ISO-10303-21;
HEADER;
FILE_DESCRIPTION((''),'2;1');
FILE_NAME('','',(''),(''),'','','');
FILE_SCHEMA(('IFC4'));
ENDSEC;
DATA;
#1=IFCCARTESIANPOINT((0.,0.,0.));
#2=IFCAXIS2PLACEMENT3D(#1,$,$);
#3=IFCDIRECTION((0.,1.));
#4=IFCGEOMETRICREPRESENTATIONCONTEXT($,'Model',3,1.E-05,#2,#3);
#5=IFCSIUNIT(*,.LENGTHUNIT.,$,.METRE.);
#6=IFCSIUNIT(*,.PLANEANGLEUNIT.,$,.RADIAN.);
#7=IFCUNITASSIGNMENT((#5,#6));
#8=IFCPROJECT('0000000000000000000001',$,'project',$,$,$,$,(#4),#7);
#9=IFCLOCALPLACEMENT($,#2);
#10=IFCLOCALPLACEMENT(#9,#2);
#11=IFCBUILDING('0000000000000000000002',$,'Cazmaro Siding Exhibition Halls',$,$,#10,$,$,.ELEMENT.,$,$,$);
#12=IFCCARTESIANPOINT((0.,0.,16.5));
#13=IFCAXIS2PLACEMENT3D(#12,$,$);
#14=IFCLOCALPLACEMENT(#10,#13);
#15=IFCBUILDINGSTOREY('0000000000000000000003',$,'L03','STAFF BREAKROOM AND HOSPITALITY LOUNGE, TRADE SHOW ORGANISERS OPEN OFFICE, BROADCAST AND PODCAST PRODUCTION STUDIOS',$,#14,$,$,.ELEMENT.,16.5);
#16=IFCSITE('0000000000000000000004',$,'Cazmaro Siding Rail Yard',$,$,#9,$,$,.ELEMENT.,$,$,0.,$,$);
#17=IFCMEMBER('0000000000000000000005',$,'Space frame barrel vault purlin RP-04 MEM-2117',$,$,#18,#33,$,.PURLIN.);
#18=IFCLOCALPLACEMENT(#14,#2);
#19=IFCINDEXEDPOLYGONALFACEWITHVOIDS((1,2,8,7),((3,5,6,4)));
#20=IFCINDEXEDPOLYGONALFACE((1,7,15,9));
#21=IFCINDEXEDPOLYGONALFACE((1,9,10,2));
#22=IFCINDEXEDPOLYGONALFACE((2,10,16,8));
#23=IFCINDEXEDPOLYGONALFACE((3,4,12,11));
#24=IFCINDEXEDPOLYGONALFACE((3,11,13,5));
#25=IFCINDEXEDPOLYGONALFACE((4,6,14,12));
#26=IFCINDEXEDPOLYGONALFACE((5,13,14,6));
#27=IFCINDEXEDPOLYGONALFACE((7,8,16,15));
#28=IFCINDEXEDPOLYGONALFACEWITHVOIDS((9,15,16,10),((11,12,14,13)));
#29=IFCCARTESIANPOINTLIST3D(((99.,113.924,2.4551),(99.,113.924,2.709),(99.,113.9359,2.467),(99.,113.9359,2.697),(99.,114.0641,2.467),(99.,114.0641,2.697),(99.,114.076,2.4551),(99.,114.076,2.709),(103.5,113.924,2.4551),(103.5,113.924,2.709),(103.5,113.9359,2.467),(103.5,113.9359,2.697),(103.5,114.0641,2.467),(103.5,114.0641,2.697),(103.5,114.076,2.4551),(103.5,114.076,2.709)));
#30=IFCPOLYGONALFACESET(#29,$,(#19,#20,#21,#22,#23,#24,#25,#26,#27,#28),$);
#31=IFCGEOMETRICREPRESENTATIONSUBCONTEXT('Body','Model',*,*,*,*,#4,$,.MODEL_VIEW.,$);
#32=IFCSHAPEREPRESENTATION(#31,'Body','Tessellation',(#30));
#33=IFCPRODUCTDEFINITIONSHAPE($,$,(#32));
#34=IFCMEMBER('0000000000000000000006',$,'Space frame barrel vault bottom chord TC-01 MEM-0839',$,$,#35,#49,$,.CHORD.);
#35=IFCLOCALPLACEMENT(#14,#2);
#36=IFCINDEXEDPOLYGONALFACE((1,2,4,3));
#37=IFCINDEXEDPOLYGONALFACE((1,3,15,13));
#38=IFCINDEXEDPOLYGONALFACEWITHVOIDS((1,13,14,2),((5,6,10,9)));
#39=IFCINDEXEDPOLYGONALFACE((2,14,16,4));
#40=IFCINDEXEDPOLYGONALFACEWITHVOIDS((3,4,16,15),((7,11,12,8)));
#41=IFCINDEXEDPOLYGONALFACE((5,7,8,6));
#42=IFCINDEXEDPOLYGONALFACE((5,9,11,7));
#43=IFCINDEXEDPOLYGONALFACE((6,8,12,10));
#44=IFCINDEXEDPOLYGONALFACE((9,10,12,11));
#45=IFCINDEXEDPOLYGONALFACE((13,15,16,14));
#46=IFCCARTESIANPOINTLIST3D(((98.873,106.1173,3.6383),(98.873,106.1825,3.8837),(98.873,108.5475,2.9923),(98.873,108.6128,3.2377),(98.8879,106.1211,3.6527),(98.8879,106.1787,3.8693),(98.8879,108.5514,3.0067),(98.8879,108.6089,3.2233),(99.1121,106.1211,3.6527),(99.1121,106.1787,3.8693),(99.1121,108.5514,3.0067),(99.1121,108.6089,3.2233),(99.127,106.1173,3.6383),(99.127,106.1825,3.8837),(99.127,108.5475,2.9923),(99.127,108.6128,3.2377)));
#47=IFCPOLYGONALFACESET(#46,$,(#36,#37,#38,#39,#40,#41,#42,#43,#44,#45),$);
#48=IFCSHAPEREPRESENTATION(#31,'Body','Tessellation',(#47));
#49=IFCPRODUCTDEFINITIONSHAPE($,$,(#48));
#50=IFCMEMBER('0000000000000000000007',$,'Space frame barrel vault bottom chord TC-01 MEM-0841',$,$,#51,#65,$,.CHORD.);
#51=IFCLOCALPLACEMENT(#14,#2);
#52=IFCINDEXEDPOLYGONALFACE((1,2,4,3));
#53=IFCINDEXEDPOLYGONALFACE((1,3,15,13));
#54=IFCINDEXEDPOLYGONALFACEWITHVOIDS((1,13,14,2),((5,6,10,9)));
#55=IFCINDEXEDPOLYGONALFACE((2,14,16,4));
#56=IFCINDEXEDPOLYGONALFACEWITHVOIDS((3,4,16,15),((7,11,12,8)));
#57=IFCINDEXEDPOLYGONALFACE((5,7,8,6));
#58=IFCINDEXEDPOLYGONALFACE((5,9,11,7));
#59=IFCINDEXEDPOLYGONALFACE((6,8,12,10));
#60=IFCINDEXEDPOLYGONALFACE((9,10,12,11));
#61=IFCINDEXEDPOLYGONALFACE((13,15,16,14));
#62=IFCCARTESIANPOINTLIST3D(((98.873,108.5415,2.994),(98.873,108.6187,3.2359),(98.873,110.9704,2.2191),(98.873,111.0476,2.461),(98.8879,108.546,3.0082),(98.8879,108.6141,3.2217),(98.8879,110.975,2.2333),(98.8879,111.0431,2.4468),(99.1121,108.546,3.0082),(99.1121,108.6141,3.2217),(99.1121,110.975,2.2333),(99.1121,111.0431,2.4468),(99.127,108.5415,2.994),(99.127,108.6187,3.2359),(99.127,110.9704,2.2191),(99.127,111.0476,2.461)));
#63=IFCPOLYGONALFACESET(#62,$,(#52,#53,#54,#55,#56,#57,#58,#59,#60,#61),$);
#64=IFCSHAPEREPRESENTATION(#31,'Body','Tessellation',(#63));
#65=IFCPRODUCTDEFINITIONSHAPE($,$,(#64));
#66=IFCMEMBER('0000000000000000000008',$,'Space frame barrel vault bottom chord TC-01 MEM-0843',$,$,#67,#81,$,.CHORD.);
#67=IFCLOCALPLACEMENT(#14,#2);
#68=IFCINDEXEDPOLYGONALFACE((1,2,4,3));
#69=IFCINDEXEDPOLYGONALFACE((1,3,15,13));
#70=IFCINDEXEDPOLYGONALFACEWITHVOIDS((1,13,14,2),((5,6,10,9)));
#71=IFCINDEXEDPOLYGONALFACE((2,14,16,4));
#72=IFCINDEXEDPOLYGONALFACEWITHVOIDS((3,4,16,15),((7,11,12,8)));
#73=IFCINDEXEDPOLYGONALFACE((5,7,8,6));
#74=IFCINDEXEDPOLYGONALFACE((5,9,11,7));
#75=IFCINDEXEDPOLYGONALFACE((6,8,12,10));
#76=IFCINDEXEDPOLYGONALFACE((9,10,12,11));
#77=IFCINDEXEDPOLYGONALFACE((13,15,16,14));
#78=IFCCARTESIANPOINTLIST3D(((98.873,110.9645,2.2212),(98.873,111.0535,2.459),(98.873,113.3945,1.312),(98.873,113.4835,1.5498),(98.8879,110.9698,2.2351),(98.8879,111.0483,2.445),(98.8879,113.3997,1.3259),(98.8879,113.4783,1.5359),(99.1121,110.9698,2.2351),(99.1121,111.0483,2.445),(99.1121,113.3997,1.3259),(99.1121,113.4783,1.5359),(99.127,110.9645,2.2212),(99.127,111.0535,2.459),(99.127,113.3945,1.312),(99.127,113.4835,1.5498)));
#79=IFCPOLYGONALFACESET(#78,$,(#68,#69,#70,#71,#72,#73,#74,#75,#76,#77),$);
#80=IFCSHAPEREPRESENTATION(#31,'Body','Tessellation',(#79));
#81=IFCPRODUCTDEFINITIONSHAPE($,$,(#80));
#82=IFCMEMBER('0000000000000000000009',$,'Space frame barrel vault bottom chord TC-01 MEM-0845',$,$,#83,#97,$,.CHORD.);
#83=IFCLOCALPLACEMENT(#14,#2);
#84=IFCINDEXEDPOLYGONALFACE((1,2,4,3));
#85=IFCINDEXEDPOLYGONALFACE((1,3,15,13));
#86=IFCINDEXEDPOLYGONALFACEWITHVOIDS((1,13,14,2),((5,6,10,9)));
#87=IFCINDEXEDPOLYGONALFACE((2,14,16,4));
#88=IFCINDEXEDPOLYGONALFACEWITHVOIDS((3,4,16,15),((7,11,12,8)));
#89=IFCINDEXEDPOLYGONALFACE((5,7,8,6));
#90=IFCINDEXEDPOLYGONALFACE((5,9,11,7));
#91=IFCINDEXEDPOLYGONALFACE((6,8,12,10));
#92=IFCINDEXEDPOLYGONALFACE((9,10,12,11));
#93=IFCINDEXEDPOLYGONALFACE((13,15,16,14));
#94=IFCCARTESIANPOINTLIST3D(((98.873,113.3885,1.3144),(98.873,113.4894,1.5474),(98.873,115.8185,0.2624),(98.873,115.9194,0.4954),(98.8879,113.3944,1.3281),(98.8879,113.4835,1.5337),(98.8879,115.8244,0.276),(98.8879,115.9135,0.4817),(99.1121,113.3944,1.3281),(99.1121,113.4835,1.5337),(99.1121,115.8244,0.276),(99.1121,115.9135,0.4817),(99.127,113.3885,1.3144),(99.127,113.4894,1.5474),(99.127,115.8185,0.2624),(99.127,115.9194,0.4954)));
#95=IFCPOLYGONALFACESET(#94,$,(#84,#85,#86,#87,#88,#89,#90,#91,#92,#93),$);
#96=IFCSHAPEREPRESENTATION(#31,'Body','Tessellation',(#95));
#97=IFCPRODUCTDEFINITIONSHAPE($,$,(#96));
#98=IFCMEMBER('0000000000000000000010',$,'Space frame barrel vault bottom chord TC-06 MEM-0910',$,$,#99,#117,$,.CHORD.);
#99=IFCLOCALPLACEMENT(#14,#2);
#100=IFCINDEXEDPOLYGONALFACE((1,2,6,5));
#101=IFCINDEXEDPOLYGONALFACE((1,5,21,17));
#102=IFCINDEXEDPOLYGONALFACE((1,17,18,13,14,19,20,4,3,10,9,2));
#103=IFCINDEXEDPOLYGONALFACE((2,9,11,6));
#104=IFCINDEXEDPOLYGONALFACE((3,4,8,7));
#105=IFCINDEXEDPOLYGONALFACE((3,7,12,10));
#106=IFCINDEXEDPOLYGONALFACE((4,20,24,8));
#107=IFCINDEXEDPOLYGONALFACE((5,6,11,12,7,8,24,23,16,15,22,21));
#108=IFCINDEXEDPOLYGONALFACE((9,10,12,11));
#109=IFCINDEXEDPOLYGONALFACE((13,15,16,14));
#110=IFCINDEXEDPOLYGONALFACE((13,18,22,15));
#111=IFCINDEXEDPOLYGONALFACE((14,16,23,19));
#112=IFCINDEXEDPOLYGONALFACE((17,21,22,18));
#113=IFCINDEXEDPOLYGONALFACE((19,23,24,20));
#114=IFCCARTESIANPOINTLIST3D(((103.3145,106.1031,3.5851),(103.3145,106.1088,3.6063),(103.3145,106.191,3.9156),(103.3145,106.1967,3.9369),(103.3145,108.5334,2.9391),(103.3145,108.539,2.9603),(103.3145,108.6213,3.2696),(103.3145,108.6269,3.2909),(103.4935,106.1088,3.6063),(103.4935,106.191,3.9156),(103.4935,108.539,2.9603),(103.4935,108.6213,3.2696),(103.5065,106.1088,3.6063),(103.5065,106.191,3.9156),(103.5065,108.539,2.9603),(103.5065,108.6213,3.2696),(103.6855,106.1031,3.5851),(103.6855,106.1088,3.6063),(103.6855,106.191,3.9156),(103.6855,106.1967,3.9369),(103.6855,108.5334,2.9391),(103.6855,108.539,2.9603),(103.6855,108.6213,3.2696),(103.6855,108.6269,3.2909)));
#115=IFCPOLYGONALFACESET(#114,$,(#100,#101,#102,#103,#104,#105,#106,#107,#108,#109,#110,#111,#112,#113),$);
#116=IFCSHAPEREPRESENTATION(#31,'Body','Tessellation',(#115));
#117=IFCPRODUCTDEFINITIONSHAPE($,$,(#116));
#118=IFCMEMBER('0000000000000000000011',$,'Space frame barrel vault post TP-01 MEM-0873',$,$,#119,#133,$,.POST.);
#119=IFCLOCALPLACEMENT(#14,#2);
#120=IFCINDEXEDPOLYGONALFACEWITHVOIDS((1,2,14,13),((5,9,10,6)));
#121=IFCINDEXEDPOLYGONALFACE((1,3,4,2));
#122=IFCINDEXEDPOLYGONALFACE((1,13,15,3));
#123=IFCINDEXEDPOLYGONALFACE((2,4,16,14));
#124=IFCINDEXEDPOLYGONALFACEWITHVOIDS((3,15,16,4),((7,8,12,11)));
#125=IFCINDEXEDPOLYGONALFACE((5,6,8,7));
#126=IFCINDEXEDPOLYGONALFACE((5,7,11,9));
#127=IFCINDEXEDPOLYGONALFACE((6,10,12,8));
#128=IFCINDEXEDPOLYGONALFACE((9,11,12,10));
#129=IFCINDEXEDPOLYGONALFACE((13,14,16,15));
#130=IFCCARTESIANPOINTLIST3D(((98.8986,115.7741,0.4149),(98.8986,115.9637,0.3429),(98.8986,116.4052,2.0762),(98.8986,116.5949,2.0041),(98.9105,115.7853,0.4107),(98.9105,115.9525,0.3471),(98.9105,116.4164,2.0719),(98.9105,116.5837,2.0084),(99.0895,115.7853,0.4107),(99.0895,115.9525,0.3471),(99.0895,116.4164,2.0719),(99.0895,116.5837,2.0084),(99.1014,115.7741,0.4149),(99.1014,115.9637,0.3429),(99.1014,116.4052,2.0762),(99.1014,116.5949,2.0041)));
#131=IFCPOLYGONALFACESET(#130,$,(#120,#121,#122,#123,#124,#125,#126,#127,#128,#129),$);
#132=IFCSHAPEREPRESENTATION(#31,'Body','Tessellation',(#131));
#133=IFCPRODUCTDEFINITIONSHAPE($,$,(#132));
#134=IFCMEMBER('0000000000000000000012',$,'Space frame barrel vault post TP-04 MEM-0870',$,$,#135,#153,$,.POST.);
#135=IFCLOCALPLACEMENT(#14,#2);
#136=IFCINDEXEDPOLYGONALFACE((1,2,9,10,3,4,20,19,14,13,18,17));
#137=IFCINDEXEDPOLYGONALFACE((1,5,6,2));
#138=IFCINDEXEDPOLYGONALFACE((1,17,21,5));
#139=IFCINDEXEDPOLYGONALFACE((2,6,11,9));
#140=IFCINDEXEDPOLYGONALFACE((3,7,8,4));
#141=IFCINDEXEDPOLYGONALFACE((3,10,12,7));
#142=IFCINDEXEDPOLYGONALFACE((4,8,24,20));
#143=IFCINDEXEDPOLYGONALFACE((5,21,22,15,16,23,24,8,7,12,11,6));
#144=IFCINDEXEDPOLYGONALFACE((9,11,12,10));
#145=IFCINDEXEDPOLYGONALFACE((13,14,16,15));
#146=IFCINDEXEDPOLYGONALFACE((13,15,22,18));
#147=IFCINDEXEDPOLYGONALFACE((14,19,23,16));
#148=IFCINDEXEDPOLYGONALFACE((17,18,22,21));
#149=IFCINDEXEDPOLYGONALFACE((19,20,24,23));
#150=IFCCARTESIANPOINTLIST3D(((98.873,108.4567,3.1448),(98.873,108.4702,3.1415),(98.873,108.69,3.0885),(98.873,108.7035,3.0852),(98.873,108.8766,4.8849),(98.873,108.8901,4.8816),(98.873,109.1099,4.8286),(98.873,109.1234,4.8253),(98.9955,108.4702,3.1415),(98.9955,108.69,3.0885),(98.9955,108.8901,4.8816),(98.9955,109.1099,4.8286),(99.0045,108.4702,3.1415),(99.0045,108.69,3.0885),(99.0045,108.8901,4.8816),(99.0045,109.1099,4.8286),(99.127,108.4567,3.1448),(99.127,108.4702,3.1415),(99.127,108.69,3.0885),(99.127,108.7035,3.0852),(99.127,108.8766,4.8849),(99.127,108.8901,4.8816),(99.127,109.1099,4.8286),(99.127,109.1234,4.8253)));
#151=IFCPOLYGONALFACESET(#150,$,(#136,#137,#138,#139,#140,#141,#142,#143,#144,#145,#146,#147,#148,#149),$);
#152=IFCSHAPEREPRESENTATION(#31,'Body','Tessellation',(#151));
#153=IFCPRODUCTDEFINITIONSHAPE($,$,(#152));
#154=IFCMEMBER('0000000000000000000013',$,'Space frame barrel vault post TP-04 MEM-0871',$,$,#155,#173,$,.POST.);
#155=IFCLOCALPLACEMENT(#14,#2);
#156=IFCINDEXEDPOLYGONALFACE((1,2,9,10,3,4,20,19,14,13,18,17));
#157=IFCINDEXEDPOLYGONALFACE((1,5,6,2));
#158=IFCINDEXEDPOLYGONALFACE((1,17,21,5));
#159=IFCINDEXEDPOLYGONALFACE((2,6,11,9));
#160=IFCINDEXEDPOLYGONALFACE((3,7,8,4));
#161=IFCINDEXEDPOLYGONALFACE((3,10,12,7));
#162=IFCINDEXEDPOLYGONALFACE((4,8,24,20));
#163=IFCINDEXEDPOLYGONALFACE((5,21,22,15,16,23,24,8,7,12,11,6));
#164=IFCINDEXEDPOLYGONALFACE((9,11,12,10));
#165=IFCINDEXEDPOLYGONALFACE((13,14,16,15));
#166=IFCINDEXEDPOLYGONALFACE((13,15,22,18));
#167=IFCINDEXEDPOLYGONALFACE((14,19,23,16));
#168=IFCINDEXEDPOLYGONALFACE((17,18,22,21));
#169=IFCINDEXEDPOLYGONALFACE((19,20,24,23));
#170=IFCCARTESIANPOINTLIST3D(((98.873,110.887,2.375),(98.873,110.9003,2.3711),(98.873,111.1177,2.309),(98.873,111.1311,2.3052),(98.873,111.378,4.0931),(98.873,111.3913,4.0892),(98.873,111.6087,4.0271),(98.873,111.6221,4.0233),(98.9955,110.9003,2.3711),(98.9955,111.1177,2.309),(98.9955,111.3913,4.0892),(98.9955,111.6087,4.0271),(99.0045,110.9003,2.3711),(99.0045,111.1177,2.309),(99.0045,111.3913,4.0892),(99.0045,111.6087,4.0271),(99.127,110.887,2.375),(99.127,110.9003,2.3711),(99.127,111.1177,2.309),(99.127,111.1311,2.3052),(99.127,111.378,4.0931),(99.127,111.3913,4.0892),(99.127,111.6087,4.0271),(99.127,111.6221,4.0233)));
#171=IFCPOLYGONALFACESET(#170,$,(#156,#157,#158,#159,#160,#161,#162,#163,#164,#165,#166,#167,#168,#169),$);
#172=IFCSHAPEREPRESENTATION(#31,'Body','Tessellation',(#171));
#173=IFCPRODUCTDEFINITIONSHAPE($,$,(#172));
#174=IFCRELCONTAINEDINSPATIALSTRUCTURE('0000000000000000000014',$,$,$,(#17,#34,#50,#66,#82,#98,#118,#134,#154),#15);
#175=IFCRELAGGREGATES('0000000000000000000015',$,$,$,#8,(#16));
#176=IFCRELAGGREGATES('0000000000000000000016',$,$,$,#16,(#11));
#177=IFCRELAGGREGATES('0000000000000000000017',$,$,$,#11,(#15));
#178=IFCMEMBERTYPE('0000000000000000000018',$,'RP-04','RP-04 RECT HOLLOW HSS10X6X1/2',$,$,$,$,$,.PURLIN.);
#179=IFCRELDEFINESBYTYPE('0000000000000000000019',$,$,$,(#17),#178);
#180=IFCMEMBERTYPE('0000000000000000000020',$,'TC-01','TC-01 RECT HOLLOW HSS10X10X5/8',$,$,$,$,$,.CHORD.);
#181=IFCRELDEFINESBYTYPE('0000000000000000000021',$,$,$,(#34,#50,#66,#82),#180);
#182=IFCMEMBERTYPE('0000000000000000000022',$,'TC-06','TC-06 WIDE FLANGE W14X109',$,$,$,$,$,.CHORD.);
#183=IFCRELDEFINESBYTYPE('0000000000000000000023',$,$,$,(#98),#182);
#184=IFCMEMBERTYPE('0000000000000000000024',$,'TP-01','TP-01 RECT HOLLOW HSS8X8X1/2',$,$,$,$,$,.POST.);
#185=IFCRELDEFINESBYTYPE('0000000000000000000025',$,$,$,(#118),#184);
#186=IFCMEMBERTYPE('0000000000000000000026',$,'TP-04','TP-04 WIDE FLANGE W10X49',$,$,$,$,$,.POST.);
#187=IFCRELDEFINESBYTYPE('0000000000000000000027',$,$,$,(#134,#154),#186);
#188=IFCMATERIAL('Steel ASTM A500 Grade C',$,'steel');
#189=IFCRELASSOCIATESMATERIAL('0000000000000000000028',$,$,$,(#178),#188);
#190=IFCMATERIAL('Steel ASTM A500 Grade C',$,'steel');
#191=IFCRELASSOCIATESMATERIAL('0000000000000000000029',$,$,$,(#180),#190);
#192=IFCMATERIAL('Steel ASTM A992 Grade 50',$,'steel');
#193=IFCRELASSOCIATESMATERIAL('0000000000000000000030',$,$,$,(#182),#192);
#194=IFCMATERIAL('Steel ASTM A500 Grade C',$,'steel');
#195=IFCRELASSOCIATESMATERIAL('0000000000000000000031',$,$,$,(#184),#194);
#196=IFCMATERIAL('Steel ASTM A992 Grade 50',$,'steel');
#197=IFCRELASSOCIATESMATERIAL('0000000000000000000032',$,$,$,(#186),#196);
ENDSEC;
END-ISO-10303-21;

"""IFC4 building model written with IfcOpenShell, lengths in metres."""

from ifc_helpers import new_model, si_unit, direction, frame, origin, origin_2d, place, context, subcontext, project, spatial, hollow_rectangle, i_section, extrude, material, material_profile, profile_set, type_object, element, save


model = new_model("IFC4")

# Units and contexts
model_context = context("Model", 3, precision=1e-05, world=origin(), true_north=direction((0.0, 1.0)))
body_context = subcontext(model_context, "Body", "Model", "MODEL_VIEW")
ifc_project = project(units=[si_unit("LENGTHUNIT", "METRE"), si_unit("PLANEANGLEUNIT", "RADIAN")], contexts=[model_context])

# Site, building, storey
site_placement = place(None, origin())
site = spatial("IfcSite", under=ifc_project, at=site_placement, Name="Cazmaro Siding Rail Yard", CompositionType="ELEMENT", RefElevation=0.0)
building_placement = place(site_placement, origin())
building = spatial("IfcBuilding", under=site, at=building_placement, Name="Cazmaro Siding Exhibition Halls", CompositionType="ELEMENT")
storey_placement = place(building_placement, frame((0.0, 0.0, 16.5)))
storey = spatial("IfcBuildingStorey", under=building, at=storey_placement, Name="L03", Description="STAFF BREAKROOM AND HOSPITALITY LOUNGE, TRADE SHOW ORGANISERS OPEN OFFICE, BROADCAST AND PODCAST PRODUCTION STUDIOS", CompositionType="ELEMENT", Elevation=16.5)

# Members
ifc_material_1 = material(Name="Steel ASTM A500 Grade C", Category="steel")
ifc_material_profile_1 = material_profile(ifc_material_1, hollow_rectangle(XDim=0.1521, YDim=0.2539, WallThickness=0.012, at=origin_2d()), Name="HSS10X6X1/2")
ifc_profile_set_1 = profile_set([ifc_material_profile_1], Name="Steel ASTM A500 Grade C")
member_type_1 = type_object("IfcMemberType", Name="RP-04", Description="RP-04 RECT HOLLOW HSS10X6X1/2", PredefinedType="PURLIN", material=ifc_profile_set_1)
member_1_placement = place(storey_placement, frame((99.0, 114.0, 2.582), z_axis=(1.0, 0.0, 0.0), x_axis=(0.0, 1.0, 0.0)))
element("IfcMember", 1, at=member_1_placement, inside=storey, type_object=member_type_1, Name="Space frame barrel vault purlin RP-04 MEM-2117", PredefinedType="PURLIN", context=body_context, shape_type="SweptSolid", body=[
    extrude(hollow_rectangle(XDim=0.1521, YDim=0.2539, WallThickness=0.012, at=origin_2d()), origin(), (0.0, 0.0, 1.0), 4.5),
])
ifc_material_2 = material(Name="Steel ASTM A500 Grade C", Category="steel")
ifc_material_profile_2 = material_profile(ifc_material_2, hollow_rectangle(XDim=0.2539, YDim=0.2539, WallThickness=0.0149, at=origin_2d()), Name="HSS10X10X5/8")
ifc_profile_set_2 = profile_set([ifc_material_profile_2], Name="Steel ASTM A500 Grade C")
member_type_2 = type_object("IfcMemberType", Name="TC-01", Description="TC-01 RECT HOLLOW HSS10X10X5/8", PredefinedType="CHORD", material=ifc_profile_set_2)
member_2_placement = place(storey_placement, frame((99.0, 106.1499, 3.761), z_axis=(0.0, 0.966438, -0.256901), x_axis=(-1.0, 0.0, 0.0)))
element("IfcMember", 2, at=member_2_placement, inside=storey, type_object=member_type_2, Name="Space frame barrel vault bottom chord TC-01 MEM-0839", PredefinedType="CHORD", context=body_context, shape_type="SweptSolid", body=[
    extrude(hollow_rectangle(XDim=0.2539, YDim=0.2539, WallThickness=0.0149, at=origin_2d()), origin(), (0.0, 0.0, 1.0), 2.5146),
])
member_3_placement = place(storey_placement, frame((99.0, 108.5801, 3.115), z_axis=(0.0, 0.952693, -0.303935), x_axis=(-1.0, 0.0, 0.0)))
element("IfcMember", 3, at=member_3_placement, inside=storey, type_object=member_type_2, Name="Space frame barrel vault bottom chord TC-01 MEM-0841", PredefinedType="CHORD", context=body_context, shape_type="SweptSolid", body=[
    extrude(hollow_rectangle(XDim=0.2539, YDim=0.2539, WallThickness=0.0149, at=origin_2d()), origin(), (0.0, 0.0, 1.0), 2.5496),
])
member_4_placement = place(storey_placement, frame((99.0, 111.009, 2.3401), z_axis=(0.0, 0.936588, -0.350432), x_axis=(-1.0, 0.0, 0.0)))
element("IfcMember", 4, at=member_4_placement, inside=storey, type_object=member_type_2, Name="Space frame barrel vault bottom chord TC-01 MEM-0843", PredefinedType="CHORD", context=body_context, shape_type="SweptSolid", body=[
    extrude(hollow_rectangle(XDim=0.2539, YDim=0.2539, WallThickness=0.0149, at=origin_2d()), origin(), (0.0, 0.0, 1.0), 2.5945),
])
member_5_placement = place(storey_placement, frame((99.0, 113.439, 1.4309), z_axis=(0.0, 0.917689, -0.397299), x_axis=(-1.0, 0.0, 0.0)))
element("IfcMember", 5, at=member_5_placement, inside=storey, type_object=member_type_2, Name="Space frame barrel vault bottom chord TC-01 MEM-0845", PredefinedType="CHORD", context=body_context, shape_type="SweptSolid", body=[
    extrude(hollow_rectangle(XDim=0.2539, YDim=0.2539, WallThickness=0.0149, at=origin_2d()), origin(), (0.0, 0.0, 1.0), 2.6479),
])
ifc_material_3 = material(Name="Steel ASTM A992 Grade 50", Category="steel")
ifc_material_profile_3 = material_profile(ifc_material_3, i_section(OverallWidth=0.3711, OverallDepth=0.364, WebThickness=0.0129, FlangeThickness=0.022, at=origin_2d()), Name="W14X109")
ifc_profile_set_3 = profile_set([ifc_material_profile_3], Name="Steel ASTM A992 Grade 50")
member_type_3 = type_object("IfcMemberType", Name="TC-06", Description="TC-06 WIDE FLANGE W14X109", PredefinedType="CHORD", material=ifc_profile_set_3)
member_6_placement = place(storey_placement, frame((103.5, 106.1499, 3.761), z_axis=(0.0, 0.966438, -0.256901), x_axis=(-1.0, 0.0, 0.0)))
element("IfcMember", 6, at=member_6_placement, inside=storey, type_object=member_type_3, Name="Space frame barrel vault bottom chord TC-06 MEM-0910", PredefinedType="CHORD", context=body_context, shape_type="SweptSolid", body=[
    extrude(i_section(OverallWidth=0.3711, OverallDepth=0.364, WebThickness=0.0129, FlangeThickness=0.022, at=origin_2d()), origin(), (0.0, 0.0, 1.0), 2.5146),
])
ifc_material_4 = material(Name="Steel ASTM A500 Grade C", Category="steel")
ifc_material_profile_4 = material_profile(ifc_material_4, hollow_rectangle(XDim=0.2029, YDim=0.2029, WallThickness=0.012, at=origin_2d()), Name="HSS8X8X1/2")
ifc_profile_set_4 = profile_set([ifc_material_profile_4], Name="Steel ASTM A500 Grade C")
member_type_4 = type_object("IfcMemberType", Name="TP-01", Description="TP-01 RECT HOLLOW HSS8X8X1/2", PredefinedType="POST", material=ifc_profile_set_4)
member_7_placement = place(storey_placement, frame((99.0, 115.8689, 0.3789), z_axis=(0.0, 0.355155, 0.934807), x_axis=(-1.0, 0.0, 0.0)))
element("IfcMember", 7, at=member_7_placement, inside=storey, type_object=member_type_4, Name="Space frame barrel vault post TP-01 MEM-0873", PredefinedType="POST", context=body_context, shape_type="SweptSolid", body=[
    extrude(hollow_rectangle(XDim=0.2029, YDim=0.2029, WallThickness=0.012, at=origin_2d()), origin(), (0.0, 0.0, 1.0), 1.7771),
])
ifc_material_5 = material(Name="Steel ASTM A992 Grade 50", Category="steel")
ifc_material_profile_5 = material_profile(ifc_material_5, i_section(OverallWidth=0.2539, OverallDepth=0.2539, WebThickness=0.009, FlangeThickness=0.0139, at=origin_2d()), Name="W10X49")
ifc_profile_set_5 = profile_set([ifc_material_profile_5], Name="Steel ASTM A992 Grade 50")
member_type_5 = type_object("IfcMemberType", Name="TP-04", Description="TP-04 WIDE FLANGE W10X49", PredefinedType="POST", material=ifc_profile_set_5)
member_8_placement = place(storey_placement, frame((99.0, 108.5801, 3.115), z_axis=(0.0, 0.234601, 0.972092), x_axis=(-1.0, 0.0, 0.0)))
element("IfcMember", 8, at=member_8_placement, inside=storey, type_object=member_type_5, Name="Space frame barrel vault post TP-04 MEM-0870", PredefinedType="POST", context=body_context, shape_type="SweptSolid", body=[
    extrude(i_section(OverallWidth=0.2539, OverallDepth=0.2539, WebThickness=0.009, FlangeThickness=0.0139, at=origin_2d()), origin(), (0.0, 0.0, 1.0), 1.79),
])
member_9_placement = place(storey_placement, frame((99.0, 111.009, 2.3401), z_axis=(0.0, 0.274775, 0.961508), x_axis=(-1.0, 0.0, 0.0)))
element("IfcMember", 9, at=member_9_placement, inside=storey, type_object=member_type_5, Name="Space frame barrel vault post TP-04 MEM-0871", PredefinedType="POST", context=body_context, shape_type="SweptSolid", body=[
    extrude(i_section(OverallWidth=0.2539, OverallDepth=0.2539, WebThickness=0.009, FlangeThickness=0.0139, at=origin_2d()), origin(), (0.0, 0.0, 1.0), 1.7869),
])

save(model, "model.ifc")
